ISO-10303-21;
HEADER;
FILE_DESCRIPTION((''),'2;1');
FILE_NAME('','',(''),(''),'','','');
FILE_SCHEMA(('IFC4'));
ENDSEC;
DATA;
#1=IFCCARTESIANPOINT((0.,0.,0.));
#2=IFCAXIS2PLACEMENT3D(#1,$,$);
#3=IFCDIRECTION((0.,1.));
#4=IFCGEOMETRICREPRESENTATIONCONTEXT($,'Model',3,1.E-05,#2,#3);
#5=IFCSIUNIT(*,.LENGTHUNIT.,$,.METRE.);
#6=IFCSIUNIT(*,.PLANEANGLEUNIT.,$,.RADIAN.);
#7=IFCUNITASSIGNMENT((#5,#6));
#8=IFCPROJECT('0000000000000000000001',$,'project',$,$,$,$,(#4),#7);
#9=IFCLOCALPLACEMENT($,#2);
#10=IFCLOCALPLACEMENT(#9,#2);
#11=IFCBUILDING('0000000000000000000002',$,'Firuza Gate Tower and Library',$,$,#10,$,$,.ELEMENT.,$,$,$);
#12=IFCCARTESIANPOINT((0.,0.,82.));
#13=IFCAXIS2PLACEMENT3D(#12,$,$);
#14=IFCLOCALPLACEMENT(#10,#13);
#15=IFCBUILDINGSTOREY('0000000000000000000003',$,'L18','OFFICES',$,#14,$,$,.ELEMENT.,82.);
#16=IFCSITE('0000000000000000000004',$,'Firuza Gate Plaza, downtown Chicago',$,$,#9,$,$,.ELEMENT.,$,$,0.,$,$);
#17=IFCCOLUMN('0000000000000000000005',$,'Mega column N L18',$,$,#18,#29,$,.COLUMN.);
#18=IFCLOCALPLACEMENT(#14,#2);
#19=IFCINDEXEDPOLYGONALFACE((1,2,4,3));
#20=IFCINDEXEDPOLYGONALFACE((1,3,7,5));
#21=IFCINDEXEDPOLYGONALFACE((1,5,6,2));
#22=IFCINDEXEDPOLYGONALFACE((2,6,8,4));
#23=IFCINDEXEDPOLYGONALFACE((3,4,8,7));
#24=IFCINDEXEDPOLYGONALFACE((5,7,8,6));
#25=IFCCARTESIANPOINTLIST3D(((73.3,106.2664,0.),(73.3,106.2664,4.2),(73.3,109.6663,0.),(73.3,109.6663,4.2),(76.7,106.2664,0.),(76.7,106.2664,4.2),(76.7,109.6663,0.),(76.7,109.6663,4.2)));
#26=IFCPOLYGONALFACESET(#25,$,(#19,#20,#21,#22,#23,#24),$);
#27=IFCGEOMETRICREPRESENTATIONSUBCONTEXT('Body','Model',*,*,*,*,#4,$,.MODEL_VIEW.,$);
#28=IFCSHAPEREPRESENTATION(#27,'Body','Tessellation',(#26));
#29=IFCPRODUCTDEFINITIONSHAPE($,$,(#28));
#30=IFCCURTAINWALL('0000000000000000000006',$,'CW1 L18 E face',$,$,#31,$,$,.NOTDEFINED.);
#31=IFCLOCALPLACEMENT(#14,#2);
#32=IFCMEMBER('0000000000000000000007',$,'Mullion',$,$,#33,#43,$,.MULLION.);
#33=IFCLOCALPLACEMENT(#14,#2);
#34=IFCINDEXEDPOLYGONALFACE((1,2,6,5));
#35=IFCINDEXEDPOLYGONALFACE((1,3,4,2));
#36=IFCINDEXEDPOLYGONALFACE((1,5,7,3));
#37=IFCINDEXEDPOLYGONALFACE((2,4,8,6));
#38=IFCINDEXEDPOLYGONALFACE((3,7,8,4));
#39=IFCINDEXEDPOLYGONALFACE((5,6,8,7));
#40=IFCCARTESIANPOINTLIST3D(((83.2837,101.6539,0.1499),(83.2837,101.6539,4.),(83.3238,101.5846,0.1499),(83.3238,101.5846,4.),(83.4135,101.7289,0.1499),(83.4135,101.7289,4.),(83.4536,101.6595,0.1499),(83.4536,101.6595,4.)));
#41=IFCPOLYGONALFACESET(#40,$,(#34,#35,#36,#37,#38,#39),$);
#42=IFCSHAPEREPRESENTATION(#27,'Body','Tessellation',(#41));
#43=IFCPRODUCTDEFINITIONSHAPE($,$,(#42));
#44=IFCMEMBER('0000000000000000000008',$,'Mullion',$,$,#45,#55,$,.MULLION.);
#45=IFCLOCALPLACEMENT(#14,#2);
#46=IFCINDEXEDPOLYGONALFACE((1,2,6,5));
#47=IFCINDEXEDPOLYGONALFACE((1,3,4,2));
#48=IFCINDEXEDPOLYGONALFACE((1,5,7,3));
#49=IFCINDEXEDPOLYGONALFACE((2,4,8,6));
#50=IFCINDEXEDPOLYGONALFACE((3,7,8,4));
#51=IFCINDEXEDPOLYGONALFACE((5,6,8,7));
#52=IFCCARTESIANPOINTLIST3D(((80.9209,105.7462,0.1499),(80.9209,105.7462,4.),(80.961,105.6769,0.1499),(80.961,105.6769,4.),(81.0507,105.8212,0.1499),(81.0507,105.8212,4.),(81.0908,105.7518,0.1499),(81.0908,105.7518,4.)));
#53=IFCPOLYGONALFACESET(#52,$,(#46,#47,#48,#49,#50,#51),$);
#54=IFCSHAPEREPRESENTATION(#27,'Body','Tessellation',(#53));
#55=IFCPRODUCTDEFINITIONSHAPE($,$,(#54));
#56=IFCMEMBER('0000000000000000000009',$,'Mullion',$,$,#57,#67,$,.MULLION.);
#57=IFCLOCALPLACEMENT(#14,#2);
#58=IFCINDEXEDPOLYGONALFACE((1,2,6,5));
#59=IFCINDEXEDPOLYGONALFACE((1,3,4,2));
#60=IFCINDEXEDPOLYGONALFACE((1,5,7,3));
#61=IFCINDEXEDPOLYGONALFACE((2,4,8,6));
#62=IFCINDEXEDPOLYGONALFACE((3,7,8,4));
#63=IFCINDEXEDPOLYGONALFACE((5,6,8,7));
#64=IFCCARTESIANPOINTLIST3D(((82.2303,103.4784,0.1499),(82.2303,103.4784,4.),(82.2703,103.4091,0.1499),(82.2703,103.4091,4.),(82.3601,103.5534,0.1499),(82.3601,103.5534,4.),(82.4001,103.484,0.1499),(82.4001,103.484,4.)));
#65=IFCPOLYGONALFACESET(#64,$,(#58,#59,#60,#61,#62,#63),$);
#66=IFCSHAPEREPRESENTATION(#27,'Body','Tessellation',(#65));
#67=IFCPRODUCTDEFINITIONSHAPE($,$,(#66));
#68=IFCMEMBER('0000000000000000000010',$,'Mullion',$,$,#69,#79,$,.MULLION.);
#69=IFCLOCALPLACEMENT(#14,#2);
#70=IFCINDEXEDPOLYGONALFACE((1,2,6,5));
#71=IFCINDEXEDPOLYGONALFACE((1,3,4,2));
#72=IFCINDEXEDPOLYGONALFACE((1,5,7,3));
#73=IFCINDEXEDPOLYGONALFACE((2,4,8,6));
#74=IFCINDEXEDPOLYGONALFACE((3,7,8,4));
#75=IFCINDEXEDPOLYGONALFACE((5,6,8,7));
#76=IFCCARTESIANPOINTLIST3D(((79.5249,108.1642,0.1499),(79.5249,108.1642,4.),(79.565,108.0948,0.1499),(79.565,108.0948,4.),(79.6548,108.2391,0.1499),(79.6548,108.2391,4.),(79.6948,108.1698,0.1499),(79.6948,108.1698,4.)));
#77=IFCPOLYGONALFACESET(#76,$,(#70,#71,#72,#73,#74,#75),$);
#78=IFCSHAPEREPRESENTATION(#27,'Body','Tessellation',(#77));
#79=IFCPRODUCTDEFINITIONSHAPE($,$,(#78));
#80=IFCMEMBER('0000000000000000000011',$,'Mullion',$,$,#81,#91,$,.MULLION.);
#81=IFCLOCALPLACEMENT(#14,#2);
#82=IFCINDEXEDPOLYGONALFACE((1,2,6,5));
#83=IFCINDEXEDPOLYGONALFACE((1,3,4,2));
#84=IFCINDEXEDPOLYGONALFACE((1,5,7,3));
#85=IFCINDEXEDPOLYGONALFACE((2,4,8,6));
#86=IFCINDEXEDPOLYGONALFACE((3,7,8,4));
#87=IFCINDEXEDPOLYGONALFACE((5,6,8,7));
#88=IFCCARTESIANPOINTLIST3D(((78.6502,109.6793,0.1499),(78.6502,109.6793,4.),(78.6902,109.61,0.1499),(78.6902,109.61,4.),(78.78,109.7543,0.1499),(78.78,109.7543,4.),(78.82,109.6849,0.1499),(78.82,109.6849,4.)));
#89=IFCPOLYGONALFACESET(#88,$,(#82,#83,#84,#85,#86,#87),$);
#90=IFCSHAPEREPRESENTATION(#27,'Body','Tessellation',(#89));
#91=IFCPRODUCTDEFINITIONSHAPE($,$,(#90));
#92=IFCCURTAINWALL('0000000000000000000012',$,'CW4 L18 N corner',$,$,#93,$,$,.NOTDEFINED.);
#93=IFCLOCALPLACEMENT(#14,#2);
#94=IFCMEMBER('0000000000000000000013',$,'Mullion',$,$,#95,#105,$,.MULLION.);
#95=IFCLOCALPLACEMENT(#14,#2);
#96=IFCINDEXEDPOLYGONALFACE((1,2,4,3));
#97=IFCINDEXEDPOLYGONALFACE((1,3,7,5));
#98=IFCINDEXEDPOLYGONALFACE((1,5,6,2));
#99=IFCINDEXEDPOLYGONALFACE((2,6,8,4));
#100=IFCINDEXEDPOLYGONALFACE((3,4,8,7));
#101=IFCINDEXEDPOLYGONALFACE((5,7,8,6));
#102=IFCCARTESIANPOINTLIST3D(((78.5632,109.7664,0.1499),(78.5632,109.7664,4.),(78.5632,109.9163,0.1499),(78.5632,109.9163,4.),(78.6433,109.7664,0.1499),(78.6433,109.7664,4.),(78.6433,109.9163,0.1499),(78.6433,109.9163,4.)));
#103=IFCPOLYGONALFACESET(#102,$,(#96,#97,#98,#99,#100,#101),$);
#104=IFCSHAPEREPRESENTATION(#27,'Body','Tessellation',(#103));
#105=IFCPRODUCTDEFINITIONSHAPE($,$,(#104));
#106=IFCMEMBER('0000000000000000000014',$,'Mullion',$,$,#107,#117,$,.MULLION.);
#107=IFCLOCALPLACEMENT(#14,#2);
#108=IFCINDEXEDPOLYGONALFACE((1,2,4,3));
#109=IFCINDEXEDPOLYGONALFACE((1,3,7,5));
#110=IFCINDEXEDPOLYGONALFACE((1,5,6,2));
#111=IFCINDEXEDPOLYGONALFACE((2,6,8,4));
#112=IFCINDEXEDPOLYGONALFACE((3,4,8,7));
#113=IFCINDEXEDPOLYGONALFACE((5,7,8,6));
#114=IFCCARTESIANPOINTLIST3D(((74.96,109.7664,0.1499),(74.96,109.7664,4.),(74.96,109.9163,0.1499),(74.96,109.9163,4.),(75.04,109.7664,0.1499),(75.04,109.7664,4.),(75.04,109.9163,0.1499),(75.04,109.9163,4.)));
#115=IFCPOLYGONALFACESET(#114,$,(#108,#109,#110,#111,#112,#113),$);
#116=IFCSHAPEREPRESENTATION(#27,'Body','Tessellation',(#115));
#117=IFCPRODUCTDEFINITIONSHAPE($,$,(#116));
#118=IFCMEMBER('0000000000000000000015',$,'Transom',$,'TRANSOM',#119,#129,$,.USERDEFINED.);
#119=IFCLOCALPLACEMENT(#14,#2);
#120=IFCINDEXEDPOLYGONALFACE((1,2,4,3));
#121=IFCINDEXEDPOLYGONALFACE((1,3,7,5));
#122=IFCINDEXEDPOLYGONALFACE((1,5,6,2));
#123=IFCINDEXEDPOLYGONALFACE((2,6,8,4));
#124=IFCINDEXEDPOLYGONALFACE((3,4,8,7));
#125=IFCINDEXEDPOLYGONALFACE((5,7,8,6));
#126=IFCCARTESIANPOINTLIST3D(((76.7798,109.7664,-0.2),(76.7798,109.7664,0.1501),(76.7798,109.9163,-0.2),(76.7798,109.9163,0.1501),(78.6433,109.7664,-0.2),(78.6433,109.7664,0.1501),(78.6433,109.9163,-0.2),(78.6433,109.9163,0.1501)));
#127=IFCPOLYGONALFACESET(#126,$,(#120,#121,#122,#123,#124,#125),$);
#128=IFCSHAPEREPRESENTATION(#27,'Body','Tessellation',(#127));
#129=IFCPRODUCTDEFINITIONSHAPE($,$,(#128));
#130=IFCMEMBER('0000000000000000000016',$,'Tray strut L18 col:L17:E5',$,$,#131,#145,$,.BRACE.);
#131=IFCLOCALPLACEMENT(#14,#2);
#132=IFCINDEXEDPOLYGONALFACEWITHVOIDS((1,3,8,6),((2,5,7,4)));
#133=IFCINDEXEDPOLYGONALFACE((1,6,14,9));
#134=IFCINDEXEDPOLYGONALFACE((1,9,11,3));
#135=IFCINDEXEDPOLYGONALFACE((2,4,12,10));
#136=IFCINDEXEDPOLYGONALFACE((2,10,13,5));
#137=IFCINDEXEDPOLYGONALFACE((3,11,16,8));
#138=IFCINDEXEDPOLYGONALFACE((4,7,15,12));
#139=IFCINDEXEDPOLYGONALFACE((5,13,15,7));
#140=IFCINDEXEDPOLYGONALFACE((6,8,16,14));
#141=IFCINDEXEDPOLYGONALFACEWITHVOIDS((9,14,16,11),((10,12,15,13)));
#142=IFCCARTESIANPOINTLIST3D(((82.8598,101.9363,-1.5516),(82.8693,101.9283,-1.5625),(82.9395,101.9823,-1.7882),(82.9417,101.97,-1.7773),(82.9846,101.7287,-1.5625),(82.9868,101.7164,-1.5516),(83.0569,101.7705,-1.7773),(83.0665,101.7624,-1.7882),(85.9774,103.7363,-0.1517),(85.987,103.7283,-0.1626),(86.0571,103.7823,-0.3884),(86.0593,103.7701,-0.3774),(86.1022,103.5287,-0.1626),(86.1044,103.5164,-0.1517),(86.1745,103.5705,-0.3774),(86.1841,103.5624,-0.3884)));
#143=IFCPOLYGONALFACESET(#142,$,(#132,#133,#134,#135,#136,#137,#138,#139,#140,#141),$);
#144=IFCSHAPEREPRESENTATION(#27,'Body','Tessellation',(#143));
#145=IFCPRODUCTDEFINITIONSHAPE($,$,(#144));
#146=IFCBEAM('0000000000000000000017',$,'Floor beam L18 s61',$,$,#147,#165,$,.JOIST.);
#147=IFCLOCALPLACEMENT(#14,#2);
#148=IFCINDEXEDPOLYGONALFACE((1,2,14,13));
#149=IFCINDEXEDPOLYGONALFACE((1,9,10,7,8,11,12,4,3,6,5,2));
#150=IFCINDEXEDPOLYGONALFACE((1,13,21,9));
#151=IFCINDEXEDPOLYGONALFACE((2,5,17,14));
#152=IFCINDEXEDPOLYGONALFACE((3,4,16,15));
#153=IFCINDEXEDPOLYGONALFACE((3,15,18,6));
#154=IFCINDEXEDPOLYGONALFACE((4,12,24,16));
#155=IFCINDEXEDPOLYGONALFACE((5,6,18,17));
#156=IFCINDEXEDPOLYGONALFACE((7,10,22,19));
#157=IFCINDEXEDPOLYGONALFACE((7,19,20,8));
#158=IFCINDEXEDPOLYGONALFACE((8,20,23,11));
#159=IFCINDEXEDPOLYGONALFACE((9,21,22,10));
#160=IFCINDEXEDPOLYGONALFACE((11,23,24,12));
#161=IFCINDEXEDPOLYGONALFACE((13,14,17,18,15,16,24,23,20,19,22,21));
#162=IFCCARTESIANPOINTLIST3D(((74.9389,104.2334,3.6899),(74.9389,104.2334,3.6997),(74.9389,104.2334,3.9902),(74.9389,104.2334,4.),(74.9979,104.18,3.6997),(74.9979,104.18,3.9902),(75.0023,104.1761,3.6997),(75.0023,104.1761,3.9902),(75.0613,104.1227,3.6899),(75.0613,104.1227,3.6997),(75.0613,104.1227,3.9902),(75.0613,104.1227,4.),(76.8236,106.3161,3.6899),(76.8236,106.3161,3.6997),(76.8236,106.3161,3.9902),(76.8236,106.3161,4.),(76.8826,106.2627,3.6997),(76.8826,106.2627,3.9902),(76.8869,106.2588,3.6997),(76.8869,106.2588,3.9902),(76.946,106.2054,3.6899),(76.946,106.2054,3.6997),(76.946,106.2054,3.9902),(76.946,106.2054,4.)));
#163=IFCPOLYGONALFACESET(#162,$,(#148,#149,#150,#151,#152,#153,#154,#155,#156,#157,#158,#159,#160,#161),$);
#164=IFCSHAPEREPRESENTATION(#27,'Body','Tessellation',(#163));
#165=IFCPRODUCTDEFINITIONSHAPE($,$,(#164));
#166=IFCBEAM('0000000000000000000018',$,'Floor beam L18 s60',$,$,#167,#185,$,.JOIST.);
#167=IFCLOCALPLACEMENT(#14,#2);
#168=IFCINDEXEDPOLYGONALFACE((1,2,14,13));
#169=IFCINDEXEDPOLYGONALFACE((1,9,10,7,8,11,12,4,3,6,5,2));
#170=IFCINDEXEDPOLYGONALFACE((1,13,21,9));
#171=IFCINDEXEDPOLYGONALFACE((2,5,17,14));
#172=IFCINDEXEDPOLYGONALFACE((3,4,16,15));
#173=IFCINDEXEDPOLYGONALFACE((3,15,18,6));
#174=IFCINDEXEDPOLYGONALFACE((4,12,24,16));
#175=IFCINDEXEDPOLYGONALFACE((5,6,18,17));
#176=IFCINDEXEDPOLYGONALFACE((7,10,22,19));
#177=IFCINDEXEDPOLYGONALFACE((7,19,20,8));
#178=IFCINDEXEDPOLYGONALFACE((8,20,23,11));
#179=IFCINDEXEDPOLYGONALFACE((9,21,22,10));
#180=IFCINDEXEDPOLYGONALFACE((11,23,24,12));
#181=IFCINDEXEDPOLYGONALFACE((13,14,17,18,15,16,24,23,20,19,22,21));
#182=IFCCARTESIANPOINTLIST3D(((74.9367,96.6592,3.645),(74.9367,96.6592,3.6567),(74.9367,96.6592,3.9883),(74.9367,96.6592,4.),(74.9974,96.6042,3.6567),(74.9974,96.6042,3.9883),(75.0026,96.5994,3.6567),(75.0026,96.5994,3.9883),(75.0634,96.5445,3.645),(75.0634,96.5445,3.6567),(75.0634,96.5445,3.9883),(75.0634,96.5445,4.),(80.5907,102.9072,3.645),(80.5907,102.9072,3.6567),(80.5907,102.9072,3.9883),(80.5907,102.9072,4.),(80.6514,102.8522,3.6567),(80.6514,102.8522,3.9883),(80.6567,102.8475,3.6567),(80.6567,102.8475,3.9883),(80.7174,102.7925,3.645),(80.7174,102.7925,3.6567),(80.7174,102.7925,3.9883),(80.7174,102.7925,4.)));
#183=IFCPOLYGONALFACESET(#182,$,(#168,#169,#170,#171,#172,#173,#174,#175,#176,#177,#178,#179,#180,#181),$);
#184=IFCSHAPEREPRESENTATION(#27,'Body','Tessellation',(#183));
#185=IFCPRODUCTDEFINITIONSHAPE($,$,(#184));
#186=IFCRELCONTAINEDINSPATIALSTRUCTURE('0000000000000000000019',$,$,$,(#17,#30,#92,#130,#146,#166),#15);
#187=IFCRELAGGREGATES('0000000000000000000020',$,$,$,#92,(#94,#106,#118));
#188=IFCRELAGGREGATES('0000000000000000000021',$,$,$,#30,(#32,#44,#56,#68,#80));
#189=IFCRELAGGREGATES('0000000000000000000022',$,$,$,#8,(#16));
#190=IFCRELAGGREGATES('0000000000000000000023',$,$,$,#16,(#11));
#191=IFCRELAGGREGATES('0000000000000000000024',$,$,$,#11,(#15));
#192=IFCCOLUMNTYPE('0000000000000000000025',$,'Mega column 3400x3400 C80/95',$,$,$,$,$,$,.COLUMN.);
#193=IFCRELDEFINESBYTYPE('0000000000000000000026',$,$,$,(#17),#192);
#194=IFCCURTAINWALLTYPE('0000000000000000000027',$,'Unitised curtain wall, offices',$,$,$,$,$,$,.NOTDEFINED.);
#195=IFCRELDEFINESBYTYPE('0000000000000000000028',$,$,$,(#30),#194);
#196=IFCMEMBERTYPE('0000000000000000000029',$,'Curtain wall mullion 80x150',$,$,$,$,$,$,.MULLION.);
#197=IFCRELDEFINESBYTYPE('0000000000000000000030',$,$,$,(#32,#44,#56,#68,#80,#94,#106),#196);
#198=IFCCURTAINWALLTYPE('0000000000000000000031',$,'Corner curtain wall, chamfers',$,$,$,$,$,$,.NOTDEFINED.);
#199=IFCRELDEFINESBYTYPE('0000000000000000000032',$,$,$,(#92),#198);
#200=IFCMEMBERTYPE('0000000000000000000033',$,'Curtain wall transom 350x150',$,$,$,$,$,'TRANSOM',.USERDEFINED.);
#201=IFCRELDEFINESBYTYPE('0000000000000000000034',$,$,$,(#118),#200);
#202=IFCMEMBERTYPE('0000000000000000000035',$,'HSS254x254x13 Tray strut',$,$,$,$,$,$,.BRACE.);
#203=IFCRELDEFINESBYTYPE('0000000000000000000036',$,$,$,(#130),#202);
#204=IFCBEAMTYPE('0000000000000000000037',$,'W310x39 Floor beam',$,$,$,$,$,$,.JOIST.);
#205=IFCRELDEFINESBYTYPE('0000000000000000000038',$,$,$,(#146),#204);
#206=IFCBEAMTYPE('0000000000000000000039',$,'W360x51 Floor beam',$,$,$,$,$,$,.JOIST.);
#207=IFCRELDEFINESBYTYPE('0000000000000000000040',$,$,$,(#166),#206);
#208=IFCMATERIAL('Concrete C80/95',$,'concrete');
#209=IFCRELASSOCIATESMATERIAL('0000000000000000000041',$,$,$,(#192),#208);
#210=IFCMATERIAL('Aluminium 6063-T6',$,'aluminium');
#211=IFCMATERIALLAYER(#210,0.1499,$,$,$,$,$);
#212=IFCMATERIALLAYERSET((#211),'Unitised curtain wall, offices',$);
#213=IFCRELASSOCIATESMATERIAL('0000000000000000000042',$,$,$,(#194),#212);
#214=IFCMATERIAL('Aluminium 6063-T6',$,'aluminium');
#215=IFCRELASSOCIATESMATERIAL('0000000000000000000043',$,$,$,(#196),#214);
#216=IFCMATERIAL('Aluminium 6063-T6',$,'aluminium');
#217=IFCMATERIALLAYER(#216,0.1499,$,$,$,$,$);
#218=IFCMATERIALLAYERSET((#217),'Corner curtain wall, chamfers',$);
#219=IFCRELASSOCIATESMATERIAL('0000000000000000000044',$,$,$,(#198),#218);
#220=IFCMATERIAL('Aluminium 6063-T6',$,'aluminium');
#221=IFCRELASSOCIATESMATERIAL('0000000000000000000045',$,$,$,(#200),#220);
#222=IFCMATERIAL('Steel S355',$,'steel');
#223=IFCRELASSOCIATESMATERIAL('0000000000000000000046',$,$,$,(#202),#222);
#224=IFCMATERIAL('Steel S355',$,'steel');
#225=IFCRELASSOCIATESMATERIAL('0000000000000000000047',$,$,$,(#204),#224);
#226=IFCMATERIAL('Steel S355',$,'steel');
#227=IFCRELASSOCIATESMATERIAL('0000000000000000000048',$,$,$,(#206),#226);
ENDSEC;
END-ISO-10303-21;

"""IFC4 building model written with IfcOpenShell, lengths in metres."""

from ifc_helpers import new_model, si_unit, direction, frame, origin, origin_2d, place, context, subcontext, project, spatial, rectangle, hollow_rectangle, i_section, extrude, material, layer, layer_set, material_profile, profile_set, type_object, element, aggregate, save


model = new_model("IFC4")

# Units and contexts
model_context = context("Model", 3, precision=1e-05, world=origin(), true_north=direction((0.0, 1.0)))
body_context = subcontext(model_context, "Body", "Model", "MODEL_VIEW")
ifc_project = project(units=[si_unit("LENGTHUNIT", "METRE"), si_unit("PLANEANGLEUNIT", "RADIAN")], contexts=[model_context])

# Site, building, storey
site_placement = place(None, origin())
site = spatial("IfcSite", under=ifc_project, at=site_placement, Name="Firuza Gate Plaza, downtown Chicago", CompositionType="ELEMENT", RefElevation=0.0)
building_placement = place(site_placement, origin())
building = spatial("IfcBuilding", under=site, at=building_placement, Name="Firuza Gate Tower and Library", CompositionType="ELEMENT")
storey_placement = place(building_placement, frame((0.0, 0.0, 82.0)))
storey = spatial("IfcBuildingStorey", under=building, at=storey_placement, Name="L18", Description="OFFICES", CompositionType="ELEMENT", Elevation=82.0)

# Column
ifc_material_1 = material(Name="Concrete C80/95", Category="concrete")
ifc_material_profile_1 = material_profile(ifc_material_1, rectangle(XDim=3.3999, YDim=3.3999, at=origin_2d()))
ifc_profile_set_1 = profile_set([ifc_material_profile_1], Name="Concrete C80/95")
column_type = type_object("IfcColumnType", Name="Mega column 3400x3400 C80/95", PredefinedType="COLUMN", material=ifc_profile_set_1)
column_placement = place(storey_placement, frame((75.0, 107.9663, 0.0), z_axis=(0.0, 0.0, 1.0), x_axis=(-1.0, 0.0, 0.0)))
element("IfcColumn", 1, at=column_placement, inside=storey, type_object=column_type, Name="Mega column N L18", PredefinedType="COLUMN", context=body_context, shape_type="SweptSolid", body=[
    extrude(rectangle(XDim=3.3999, YDim=3.3999, at=origin_2d()), origin(), (0.0, 0.0, 1.0), 4.2),
])

# Curtain walls, members
ifc_material_2 = material(Name="Aluminium 6063-T6", Category="aluminium")
ifc_layer_1 = layer(ifc_material_2, 0.1499)
ifc_layer_set_1 = layer_set([ifc_layer_1], Name="Unitised curtain wall, offices")
curtain_wall_type_1 = type_object("IfcCurtainWallType", Name="Unitised curtain wall, offices", PredefinedType="NOTDEFINED", material=ifc_layer_set_1)
placement = place(storey_placement, origin())
curtain_wall_1 = element("IfcCurtainWall", 2, at=placement, inside=storey, type_object=curtain_wall_type_1, Name="CW1 L18 E face", PredefinedType="NOTDEFINED")
ifc_material_3 = material(Name="Aluminium 6063-T6", Category="aluminium")
ifc_material_profile_2 = material_profile(ifc_material_3, rectangle(XDim=0.1499, YDim=0.0801, at=origin_2d()))
ifc_profile_set_2 = profile_set([ifc_material_profile_2], Name="Aluminium 6063-T6")
member_type_1 = type_object("IfcMemberType", Name="Curtain wall mullion 80x150", PredefinedType="MULLION", material=ifc_profile_set_2)
member_1_placement = place(storey_placement, frame((83.3687, 101.6567, 0.1499), z_axis=(0.0, 0.0, 1.0), x_axis=(-0.866025, -0.5, 0.0)))
member_1 = element("IfcMember", 3, at=member_1_placement, type_object=member_type_1, Name="Mullion", PredefinedType="MULLION", context=body_context, shape_type="SweptSolid", body=[
    extrude(rectangle(XDim=0.1499, YDim=0.0801, at=origin_2d()), origin(), (0.0, 0.0, 1.0), 3.8501),
])
member_2_placement = place(storey_placement, frame((81.0059, 105.749, 0.1499), z_axis=(0.0, 0.0, 1.0), x_axis=(-0.866025, -0.5, 0.0)))
member_2 = element("IfcMember", 4, at=member_2_placement, type_object=member_type_1, Name="Mullion", PredefinedType="MULLION", context=body_context, shape_type="SweptSolid", body=[
    extrude(rectangle(XDim=0.1499, YDim=0.0801, at=origin_2d()), origin(), (0.0, 0.0, 1.0), 3.8501),
])
member_3_placement = place(storey_placement, frame((82.3152, 103.4812, 0.1499), z_axis=(0.0, 0.0, 1.0), x_axis=(-0.866025, -0.5, 0.0)))
member_3 = element("IfcMember", 5, at=member_3_placement, type_object=member_type_1, Name="Mullion", PredefinedType="MULLION", context=body_context, shape_type="SweptSolid", body=[
    extrude(rectangle(XDim=0.1499, YDim=0.0801, at=origin_2d()), origin(), (0.0, 0.0, 1.0), 3.8501),
])
member_4_placement = place(storey_placement, frame((79.6099, 108.167, 0.1499), z_axis=(0.0, 0.0, 1.0), x_axis=(-0.866025, -0.5, 0.0)))
member_4 = element("IfcMember", 6, at=member_4_placement, type_object=member_type_1, Name="Mullion", PredefinedType="MULLION", context=body_context, shape_type="SweptSolid", body=[
    extrude(rectangle(XDim=0.1499, YDim=0.0801, at=origin_2d()), origin(), (0.0, 0.0, 1.0), 3.8501),
])
member_5_placement = place(storey_placement, frame((78.7351, 109.6821, 0.1499), z_axis=(0.0, 0.0, 1.0), x_axis=(-0.866025, -0.5, 0.0)))
member_5 = element("IfcMember", 7, at=member_5_placement, type_object=member_type_1, Name="Mullion", PredefinedType="MULLION", context=body_context, shape_type="SweptSolid", body=[
    extrude(rectangle(XDim=0.1499, YDim=0.0801, at=origin_2d()), origin(), (0.0, 0.0, 1.0), 3.8501),
])
ifc_material_4 = material(Name="Aluminium 6063-T6", Category="aluminium")
ifc_layer_2 = layer(ifc_material_4, 0.1499)
ifc_layer_set_2 = layer_set([ifc_layer_2], Name="Corner curtain wall, chamfers")
curtain_wall_type_2 = type_object("IfcCurtainWallType", Name="Corner curtain wall, chamfers", PredefinedType="NOTDEFINED", material=ifc_layer_set_2)
curtain_wall_2 = element("IfcCurtainWall", 8, at=placement, inside=storey, type_object=curtain_wall_type_2, Name="CW4 L18 N corner", PredefinedType="NOTDEFINED")
member_6_placement = place(storey_placement, frame((78.6033, 109.8413, 0.1499), z_axis=(0.0, 0.0, 1.0), x_axis=(0.0, -1.0, 0.0)))
member_6 = element("IfcMember", 9, at=member_6_placement, type_object=member_type_1, Name="Mullion", PredefinedType="MULLION", context=body_context, shape_type="SweptSolid", body=[
    extrude(rectangle(XDim=0.1499, YDim=0.0801, at=origin_2d()), origin(), (0.0, 0.0, 1.0), 3.8501),
])
member_7_placement = place(storey_placement, frame((75.0, 109.8413, 0.1499), z_axis=(0.0, 0.0, 1.0), x_axis=(0.0, -1.0, 0.0)))
member_7 = element("IfcMember", 10, at=member_7_placement, type_object=member_type_1, Name="Mullion", PredefinedType="MULLION", context=body_context, shape_type="SweptSolid", body=[
    extrude(rectangle(XDim=0.1499, YDim=0.0801, at=origin_2d()), origin(), (0.0, 0.0, 1.0), 3.8501),
])
ifc_material_5 = material(Name="Aluminium 6063-T6", Category="aluminium")
ifc_material_profile_3 = material_profile(ifc_material_5, rectangle(XDim=0.1499, YDim=0.3501, at=origin_2d()))
ifc_profile_set_3 = profile_set([ifc_material_profile_3], Name="Aluminium 6063-T6")
member_type_2 = type_object("IfcMemberType", Name="Curtain wall transom 350x150", ElementType="TRANSOM", PredefinedType="USERDEFINED", material=ifc_profile_set_3)
member_8_placement = place(storey_placement, frame((78.6433, 109.8413, -0.0249), z_axis=(-1.0, 0.0, 0.0), x_axis=(0.0, -1.0, 0.0)))
member_8 = element("IfcMember", 11, at=member_8_placement, type_object=member_type_2, Name="Transom", ObjectType="TRANSOM", PredefinedType="USERDEFINED", context=body_context, shape_type="SweptSolid", body=[
    extrude(rectangle(XDim=0.1499, YDim=0.3501, at=origin_2d()), origin(), (0.0, 0.0, 1.0), 1.8635),
])

# Member
ifc_material_6 = material(Name="Steel S355", Category="steel")
ifc_material_profile_4 = material_profile(ifc_material_6, hollow_rectangle(XDim=0.2539, YDim=0.2539, WallThickness=0.0117, at=origin_2d()))
ifc_profile_set_4 = profile_set([ifc_material_profile_4], Name="Steel S355")
member_type_3 = type_object("IfcMemberType", Name="HSS254x254x13 Tray strut", PredefinedType="BRACE", material=ifc_profile_set_4)
member_9_placement = place(storey_placement, frame((82.9631, 101.8494, -1.6699), z_axis=(0.807141, 0.466018, 0.362423), x_axis=(-0.500012, 0.866018, 0.0)))
element("IfcMember", 12, at=member_9_placement, inside=storey, type_object=member_type_3, Name="Tray strut L18 col:L17:E5", PredefinedType="BRACE", context=body_context, shape_type="SweptSolid", body=[
    extrude(hollow_rectangle(XDim=0.2539, YDim=0.2539, WallThickness=0.0117, at=origin_2d()), origin(), (0.0, 0.0, 1.0), 3.8625),
])

# Beams
ifc_material_7 = material(Name="Steel S355", Category="steel")
ifc_material_profile_5 = material_profile(ifc_material_7, i_section(OverallWidth=0.165, OverallDepth=0.3101, WebThickness=0.0059, FlangeThickness=0.0098, at=origin_2d()))
ifc_profile_set_5 = profile_set([ifc_material_profile_5], Name="Steel S355")
beam_type_1 = type_object("IfcBeamType", Name="W310x39 Floor beam", PredefinedType="JOIST", material=ifc_profile_set_5)
beam_1_placement = place(storey_placement, frame((76.8848, 106.2607, 3.845), z_axis=(-0.670984, -0.741472, 0.0), x_axis=(0.741472, -0.670984, 0.0)))
element("IfcBeam", 13, at=beam_1_placement, inside=storey, type_object=beam_type_1, Name="Floor beam L18 s61", PredefinedType="JOIST", context=body_context, shape_type="SweptSolid", body=[
    extrude(i_section(OverallWidth=0.165, OverallDepth=0.3101, WebThickness=0.0059, FlangeThickness=0.0098, at=origin_2d()), origin(), (0.0, 0.0, 1.0), 2.8088),
])
ifc_material_8 = material(Name="Steel S355", Category="steel")
ifc_material_profile_6 = material_profile(ifc_material_8, i_section(OverallWidth=0.1709, OverallDepth=0.355, WebThickness=0.0071, FlangeThickness=0.0117, at=origin_2d()))
ifc_profile_set_6 = profile_set([ifc_material_profile_6], Name="Steel S355")
beam_type_2 = type_object("IfcBeamType", Name="W360x51 Floor beam", PredefinedType="JOIST", material=ifc_profile_set_6)
beam_2_placement = place(storey_placement, frame((80.6541, 102.8499, 3.8225), z_axis=(-0.670982, -0.741473, 0.0), x_axis=(0.741473, -0.670982, 0.0)))
element("IfcBeam", 14, at=beam_2_placement, inside=storey, type_object=beam_type_2, Name="Floor beam L18 s60", PredefinedType="JOIST", context=body_context, shape_type="SweptSolid", body=[
    extrude(i_section(OverallWidth=0.1709, OverallDepth=0.355, WebThickness=0.0071, FlangeThickness=0.0117, at=origin_2d()), origin(), (0.0, 0.0, 1.0), 8.4265),
])

aggregate(curtain_wall_2, [member_6, member_7, member_8])
aggregate(curtain_wall_1, [member_1, member_2, member_3, member_4, member_5])

save(model, "model.ifc")
